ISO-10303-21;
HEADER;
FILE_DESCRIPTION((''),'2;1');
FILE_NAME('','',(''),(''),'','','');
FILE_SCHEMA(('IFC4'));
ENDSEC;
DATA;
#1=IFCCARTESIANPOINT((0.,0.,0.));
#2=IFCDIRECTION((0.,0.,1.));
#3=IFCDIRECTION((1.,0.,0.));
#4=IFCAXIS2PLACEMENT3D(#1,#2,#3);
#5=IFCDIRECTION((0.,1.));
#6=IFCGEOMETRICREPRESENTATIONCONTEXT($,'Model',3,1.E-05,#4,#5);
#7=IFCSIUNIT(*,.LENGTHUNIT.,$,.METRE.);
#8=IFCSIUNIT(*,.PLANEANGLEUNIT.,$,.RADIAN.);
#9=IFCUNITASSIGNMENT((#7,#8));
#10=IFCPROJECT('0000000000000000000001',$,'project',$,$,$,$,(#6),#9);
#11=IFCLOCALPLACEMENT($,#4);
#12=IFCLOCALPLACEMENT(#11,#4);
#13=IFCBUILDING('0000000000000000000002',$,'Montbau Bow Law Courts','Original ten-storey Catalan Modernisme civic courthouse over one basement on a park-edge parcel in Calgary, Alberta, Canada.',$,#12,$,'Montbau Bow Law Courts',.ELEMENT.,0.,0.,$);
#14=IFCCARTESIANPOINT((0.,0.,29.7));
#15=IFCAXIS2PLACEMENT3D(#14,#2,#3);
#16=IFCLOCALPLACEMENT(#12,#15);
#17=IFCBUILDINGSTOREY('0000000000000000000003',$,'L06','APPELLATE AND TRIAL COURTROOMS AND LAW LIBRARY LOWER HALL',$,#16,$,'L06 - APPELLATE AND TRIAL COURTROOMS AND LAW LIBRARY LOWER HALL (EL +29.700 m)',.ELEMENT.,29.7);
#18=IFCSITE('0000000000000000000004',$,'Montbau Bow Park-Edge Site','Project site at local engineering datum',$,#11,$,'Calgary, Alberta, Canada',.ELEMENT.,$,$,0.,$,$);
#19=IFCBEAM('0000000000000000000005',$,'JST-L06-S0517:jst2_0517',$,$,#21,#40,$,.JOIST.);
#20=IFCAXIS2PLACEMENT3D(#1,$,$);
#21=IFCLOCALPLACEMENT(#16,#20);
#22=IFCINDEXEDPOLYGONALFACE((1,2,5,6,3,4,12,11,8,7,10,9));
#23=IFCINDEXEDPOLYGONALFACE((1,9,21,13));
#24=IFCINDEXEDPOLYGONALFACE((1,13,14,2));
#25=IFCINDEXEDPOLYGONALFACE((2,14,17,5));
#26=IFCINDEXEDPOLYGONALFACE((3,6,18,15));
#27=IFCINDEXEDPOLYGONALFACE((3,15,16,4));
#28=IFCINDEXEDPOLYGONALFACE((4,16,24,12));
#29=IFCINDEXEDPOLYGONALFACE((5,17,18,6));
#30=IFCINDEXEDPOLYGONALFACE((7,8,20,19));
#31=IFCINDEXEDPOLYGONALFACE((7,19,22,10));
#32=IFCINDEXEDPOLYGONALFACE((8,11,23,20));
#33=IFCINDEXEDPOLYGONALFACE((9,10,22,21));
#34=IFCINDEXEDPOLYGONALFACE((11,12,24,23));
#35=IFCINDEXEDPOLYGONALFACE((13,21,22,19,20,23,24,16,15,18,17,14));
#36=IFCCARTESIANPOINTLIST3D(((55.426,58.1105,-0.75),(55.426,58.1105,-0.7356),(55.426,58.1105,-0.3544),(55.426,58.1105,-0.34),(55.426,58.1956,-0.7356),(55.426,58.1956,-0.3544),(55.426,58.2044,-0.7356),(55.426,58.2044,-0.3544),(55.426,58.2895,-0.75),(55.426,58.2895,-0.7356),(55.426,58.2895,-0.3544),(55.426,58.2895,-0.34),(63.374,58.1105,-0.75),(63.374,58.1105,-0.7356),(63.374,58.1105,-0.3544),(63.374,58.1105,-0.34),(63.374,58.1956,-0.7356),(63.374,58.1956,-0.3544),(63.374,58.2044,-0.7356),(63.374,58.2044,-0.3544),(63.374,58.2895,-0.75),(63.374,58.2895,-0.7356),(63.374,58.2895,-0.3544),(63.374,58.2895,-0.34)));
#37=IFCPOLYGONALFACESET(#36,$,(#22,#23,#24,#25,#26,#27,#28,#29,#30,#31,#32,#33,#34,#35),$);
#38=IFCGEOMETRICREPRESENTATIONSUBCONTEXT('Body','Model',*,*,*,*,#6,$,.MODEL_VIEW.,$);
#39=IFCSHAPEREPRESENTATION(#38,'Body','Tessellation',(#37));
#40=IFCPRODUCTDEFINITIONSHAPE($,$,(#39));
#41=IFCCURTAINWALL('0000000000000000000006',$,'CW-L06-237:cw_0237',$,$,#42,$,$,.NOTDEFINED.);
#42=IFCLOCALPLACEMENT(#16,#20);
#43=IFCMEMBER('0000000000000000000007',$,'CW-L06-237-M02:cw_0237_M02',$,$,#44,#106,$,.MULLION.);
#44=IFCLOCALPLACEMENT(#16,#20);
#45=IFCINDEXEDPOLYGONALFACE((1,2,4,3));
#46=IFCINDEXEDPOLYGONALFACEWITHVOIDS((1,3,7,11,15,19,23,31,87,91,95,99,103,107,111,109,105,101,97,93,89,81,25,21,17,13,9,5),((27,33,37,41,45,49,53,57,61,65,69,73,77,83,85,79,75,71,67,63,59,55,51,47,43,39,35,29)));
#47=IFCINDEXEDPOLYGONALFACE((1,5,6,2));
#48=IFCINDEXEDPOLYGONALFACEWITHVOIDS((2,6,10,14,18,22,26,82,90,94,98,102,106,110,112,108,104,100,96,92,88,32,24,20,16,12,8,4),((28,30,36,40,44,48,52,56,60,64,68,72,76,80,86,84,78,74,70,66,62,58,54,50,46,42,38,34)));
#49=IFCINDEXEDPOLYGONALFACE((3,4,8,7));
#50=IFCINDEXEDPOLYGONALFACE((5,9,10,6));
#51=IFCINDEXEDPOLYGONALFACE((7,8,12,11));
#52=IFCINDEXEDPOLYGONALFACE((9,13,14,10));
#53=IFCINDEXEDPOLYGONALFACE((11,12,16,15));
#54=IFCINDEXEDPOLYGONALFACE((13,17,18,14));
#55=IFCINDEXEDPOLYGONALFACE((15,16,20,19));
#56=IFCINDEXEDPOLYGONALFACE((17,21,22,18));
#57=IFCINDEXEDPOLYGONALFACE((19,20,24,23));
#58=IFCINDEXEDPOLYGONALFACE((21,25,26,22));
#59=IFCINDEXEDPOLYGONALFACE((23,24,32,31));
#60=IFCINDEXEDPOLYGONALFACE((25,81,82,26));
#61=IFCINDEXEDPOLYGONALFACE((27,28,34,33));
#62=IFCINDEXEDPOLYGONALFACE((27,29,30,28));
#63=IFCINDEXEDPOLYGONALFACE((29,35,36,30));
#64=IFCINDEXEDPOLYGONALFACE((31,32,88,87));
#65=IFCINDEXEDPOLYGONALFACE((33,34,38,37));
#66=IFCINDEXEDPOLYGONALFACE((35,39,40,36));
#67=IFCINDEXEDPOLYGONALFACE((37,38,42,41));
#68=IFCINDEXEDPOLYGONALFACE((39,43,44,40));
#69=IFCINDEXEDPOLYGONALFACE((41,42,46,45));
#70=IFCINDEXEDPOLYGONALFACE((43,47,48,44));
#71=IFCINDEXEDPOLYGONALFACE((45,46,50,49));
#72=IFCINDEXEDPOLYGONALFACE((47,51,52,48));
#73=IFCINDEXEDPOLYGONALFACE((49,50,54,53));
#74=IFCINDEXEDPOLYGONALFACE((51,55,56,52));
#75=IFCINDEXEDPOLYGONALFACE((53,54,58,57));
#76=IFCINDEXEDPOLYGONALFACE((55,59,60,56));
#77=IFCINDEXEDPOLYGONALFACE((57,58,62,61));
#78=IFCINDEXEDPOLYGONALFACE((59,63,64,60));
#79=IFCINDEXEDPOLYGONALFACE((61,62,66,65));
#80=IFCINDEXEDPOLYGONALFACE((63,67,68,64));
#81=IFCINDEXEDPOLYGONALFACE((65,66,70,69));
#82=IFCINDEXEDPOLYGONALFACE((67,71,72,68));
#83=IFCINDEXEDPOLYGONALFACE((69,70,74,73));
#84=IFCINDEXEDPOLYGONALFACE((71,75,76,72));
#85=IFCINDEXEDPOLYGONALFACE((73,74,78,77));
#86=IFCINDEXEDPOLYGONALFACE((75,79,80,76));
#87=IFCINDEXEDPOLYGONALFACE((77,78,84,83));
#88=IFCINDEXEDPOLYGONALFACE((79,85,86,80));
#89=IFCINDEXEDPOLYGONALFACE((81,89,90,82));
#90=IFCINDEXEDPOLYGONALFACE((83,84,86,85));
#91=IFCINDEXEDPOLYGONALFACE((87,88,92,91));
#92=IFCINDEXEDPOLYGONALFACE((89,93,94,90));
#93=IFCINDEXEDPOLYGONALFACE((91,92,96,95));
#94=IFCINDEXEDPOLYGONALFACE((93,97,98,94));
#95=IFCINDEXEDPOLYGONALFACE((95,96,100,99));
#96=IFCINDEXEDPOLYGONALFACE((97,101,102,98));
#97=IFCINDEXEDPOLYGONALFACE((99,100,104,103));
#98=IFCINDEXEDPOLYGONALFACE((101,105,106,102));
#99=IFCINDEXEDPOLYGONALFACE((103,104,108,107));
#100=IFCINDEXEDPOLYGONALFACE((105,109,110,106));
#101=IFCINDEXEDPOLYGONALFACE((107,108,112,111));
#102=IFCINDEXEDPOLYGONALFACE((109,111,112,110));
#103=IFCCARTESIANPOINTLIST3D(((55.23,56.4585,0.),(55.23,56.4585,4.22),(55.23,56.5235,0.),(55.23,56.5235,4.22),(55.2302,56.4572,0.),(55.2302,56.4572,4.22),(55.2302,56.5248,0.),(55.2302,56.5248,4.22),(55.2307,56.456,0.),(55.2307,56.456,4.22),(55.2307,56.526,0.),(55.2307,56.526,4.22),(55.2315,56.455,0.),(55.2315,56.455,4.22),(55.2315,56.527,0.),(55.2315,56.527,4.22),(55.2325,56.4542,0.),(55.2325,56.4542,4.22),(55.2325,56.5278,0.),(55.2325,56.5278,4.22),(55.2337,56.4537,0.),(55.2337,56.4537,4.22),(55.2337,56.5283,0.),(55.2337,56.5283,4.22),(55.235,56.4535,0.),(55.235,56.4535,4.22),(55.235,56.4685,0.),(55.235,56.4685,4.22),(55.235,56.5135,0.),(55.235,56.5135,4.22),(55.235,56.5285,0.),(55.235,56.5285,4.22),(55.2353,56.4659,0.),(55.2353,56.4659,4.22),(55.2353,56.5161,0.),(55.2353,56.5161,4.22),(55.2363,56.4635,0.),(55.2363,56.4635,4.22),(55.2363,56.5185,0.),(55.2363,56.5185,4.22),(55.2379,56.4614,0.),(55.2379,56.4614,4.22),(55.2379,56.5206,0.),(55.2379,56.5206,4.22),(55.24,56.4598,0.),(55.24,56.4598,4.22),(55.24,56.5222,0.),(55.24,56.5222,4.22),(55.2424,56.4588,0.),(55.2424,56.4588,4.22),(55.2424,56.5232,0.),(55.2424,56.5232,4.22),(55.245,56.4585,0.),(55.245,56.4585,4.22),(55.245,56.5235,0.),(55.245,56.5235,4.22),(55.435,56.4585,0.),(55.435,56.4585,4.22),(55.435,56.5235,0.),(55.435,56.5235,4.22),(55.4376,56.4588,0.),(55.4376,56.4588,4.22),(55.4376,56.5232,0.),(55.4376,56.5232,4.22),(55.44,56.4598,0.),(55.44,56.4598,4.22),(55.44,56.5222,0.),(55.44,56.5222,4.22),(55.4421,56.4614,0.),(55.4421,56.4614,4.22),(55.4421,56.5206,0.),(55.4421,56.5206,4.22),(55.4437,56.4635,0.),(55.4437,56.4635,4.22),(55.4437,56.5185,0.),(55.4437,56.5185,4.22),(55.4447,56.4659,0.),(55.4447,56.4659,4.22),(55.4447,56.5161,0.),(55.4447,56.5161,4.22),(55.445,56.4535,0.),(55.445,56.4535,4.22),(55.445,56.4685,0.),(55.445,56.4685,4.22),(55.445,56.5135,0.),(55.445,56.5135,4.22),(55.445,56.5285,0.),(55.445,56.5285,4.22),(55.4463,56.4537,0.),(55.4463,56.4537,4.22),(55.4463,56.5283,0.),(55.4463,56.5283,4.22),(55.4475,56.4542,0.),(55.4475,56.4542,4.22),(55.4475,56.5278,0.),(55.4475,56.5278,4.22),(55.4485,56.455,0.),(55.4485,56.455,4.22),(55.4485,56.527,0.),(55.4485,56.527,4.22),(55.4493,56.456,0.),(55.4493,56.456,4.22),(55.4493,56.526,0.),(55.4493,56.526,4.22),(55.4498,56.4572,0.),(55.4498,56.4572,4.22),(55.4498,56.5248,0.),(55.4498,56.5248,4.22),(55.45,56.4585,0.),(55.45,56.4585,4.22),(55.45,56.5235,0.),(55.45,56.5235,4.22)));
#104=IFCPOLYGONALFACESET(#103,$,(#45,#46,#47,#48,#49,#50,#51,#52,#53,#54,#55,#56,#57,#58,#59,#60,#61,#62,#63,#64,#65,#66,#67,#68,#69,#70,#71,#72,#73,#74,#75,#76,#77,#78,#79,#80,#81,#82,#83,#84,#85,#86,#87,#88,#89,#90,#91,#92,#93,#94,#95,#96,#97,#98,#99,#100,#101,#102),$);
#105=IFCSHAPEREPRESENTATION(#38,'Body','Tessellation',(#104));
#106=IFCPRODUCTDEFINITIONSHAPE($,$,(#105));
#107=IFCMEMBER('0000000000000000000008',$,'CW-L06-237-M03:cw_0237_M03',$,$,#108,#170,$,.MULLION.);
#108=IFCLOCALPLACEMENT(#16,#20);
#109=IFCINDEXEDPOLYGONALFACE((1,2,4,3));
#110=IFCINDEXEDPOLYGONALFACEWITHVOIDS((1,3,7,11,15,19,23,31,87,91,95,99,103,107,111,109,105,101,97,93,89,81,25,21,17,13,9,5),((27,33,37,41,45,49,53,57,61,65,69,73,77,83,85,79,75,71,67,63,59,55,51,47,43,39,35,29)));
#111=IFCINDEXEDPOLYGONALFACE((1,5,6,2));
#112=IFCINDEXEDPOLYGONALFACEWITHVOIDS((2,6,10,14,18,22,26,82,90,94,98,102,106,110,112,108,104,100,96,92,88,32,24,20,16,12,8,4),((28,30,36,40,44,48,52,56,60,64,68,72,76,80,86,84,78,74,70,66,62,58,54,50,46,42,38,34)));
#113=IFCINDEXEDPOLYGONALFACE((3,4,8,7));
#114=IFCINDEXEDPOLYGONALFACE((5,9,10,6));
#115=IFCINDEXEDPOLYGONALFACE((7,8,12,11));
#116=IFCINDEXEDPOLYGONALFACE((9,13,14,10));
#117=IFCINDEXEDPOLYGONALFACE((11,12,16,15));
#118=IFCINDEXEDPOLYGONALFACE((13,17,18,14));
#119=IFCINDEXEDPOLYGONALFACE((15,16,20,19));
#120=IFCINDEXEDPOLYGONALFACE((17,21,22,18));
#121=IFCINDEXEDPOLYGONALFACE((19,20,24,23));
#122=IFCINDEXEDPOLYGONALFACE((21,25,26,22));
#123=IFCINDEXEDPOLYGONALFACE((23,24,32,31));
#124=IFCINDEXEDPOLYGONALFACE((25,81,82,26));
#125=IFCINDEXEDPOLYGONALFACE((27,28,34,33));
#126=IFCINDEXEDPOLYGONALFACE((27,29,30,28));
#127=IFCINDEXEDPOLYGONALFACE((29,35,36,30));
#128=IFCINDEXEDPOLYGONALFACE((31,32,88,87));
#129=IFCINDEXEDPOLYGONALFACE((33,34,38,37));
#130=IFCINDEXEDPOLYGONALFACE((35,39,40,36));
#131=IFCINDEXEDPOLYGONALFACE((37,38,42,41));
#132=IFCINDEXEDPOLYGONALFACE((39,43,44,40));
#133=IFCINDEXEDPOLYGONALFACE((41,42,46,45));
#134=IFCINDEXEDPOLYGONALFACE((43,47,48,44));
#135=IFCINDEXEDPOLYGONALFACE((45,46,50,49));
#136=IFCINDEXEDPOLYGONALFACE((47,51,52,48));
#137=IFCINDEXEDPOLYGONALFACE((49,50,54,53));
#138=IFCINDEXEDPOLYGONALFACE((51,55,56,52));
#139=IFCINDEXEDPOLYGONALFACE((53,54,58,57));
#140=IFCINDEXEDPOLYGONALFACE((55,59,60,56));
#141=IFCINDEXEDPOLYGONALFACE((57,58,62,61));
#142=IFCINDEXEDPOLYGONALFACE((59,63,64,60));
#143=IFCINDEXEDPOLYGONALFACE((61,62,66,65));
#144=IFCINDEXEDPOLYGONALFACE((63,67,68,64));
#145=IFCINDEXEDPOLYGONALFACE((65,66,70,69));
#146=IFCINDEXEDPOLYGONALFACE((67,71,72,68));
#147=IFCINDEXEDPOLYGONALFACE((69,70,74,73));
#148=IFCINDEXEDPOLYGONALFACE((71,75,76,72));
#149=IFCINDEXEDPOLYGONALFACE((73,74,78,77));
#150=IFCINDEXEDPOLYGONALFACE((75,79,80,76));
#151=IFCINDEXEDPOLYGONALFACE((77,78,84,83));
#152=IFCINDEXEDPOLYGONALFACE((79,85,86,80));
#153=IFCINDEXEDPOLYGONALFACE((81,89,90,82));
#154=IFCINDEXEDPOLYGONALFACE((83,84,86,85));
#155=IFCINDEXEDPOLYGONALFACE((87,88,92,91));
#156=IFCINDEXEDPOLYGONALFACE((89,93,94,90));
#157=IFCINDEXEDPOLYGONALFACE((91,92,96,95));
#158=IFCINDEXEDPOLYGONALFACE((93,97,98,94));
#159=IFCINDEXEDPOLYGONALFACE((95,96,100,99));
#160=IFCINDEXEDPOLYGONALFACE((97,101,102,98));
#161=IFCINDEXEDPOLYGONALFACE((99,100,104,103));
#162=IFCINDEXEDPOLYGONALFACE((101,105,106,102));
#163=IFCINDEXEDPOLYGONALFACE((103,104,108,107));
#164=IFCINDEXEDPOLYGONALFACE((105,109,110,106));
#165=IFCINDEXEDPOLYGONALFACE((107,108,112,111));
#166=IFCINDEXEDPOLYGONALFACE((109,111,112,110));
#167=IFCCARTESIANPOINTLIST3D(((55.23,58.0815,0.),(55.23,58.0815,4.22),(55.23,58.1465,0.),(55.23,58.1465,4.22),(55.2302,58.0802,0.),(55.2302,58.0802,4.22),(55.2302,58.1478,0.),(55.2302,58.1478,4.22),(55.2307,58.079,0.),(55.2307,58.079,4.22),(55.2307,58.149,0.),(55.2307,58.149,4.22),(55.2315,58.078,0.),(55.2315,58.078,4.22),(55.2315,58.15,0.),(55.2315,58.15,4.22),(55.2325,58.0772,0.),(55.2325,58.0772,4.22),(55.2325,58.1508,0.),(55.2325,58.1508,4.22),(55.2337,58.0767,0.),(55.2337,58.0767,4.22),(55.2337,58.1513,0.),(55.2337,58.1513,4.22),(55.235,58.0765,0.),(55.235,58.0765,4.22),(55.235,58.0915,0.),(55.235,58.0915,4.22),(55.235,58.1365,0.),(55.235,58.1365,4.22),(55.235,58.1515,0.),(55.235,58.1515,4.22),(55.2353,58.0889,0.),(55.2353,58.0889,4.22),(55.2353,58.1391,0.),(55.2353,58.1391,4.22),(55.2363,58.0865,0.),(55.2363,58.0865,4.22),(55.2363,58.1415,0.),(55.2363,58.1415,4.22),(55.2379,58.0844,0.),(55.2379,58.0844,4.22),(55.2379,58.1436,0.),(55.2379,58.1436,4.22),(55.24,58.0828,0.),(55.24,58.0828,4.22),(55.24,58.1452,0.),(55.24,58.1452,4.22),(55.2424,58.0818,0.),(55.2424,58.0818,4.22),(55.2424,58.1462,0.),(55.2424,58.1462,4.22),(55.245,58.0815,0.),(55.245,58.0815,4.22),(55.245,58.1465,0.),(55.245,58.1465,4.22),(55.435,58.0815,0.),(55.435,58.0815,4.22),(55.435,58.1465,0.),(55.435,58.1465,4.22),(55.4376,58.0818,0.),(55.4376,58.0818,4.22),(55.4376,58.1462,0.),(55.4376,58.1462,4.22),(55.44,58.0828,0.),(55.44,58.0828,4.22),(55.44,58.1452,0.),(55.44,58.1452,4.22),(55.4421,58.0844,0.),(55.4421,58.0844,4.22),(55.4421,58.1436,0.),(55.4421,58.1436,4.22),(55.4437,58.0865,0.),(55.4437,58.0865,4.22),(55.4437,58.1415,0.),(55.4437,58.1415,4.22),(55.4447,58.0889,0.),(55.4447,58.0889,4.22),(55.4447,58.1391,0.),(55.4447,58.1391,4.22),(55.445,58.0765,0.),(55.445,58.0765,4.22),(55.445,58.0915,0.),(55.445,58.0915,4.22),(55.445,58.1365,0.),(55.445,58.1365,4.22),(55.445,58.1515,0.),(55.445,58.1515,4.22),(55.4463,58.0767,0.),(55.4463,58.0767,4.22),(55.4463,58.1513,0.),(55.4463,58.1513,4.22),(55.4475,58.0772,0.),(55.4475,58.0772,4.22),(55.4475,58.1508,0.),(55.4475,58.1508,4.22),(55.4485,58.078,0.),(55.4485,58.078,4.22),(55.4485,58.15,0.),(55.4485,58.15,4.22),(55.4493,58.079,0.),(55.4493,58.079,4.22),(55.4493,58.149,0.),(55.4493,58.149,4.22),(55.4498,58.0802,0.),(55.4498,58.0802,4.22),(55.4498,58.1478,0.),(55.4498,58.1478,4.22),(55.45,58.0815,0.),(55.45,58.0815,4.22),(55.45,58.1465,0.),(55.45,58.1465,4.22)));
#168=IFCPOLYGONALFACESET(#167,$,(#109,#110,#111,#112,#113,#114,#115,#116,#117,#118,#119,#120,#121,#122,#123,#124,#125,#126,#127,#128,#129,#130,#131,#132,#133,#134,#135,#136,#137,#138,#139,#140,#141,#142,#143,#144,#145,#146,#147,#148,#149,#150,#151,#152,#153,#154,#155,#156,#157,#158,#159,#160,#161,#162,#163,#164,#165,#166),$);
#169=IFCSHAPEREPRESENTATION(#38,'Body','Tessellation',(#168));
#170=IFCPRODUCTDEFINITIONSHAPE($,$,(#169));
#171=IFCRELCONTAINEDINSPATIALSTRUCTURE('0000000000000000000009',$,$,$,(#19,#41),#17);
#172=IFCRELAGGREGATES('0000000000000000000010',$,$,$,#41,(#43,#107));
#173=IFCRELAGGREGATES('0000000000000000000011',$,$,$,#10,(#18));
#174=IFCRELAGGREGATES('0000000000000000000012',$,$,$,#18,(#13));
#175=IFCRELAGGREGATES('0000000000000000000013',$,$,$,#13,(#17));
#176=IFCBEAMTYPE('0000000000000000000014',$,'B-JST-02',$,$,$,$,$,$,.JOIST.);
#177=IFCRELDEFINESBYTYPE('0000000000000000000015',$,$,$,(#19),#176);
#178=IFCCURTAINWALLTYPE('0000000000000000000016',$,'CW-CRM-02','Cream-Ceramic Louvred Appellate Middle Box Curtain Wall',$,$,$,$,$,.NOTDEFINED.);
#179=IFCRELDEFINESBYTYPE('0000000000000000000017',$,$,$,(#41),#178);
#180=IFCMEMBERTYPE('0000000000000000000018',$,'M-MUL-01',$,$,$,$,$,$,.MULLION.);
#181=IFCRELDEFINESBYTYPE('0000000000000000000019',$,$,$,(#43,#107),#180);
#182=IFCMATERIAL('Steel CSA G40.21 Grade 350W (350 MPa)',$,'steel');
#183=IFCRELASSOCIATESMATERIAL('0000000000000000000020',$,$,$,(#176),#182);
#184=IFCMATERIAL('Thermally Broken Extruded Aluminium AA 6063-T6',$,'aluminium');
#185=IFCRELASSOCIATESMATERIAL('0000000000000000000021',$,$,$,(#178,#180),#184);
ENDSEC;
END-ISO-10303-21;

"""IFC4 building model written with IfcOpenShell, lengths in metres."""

from ifc_helpers import new_model, si_unit, direction, frame, origin_with_axes, origin_2d_with_axis, place, context, subcontext, project, spatial, hollow_rectangle, i_section, extrude, material, material_profile, profile_set, type_object, element, aggregate, save


model = new_model("IFC4")

# Units and contexts
model_context = context("Model", 3, precision=1e-05, world=origin_with_axes(), true_north=direction((0.0, 1.0)))
body_context = subcontext(model_context, "Body", "Model", "MODEL_VIEW")
ifc_project = project(units=[si_unit("LENGTHUNIT", "METRE"), si_unit("PLANEANGLEUNIT", "RADIAN")], contexts=[model_context])

# Site, building, storey
site_placement = place(None, origin_with_axes())
site = spatial("IfcSite", under=ifc_project, at=site_placement, Name="Montbau Bow Park-Edge Site", Description="Project site at local engineering datum", LongName="Calgary, Alberta, Canada", CompositionType="ELEMENT", RefElevation=0.0)
building_placement = place(site_placement, origin_with_axes())
building = spatial("IfcBuilding", under=site, at=building_placement, Name="Montbau Bow Law Courts", Description="Original ten-storey Catalan Modernisme civic courthouse over one basement on a park-edge parcel in Calgary, Alberta, Canada.", LongName="Montbau Bow Law Courts", CompositionType="ELEMENT", ElevationOfRefHeight=0.0, ElevationOfTerrain=0.0)
storey_placement = place(building_placement, frame((0.0, 0.0, 29.7), z_axis=(0.0, 0.0, 1.0), x_axis=(1.0, 0.0, 0.0)))
storey = spatial("IfcBuildingStorey", under=building, at=storey_placement, Name="L06", Description="APPELLATE AND TRIAL COURTROOMS AND LAW LIBRARY LOWER HALL", LongName="L06 - APPELLATE AND TRIAL COURTROOMS AND LAW LIBRARY LOWER HALL (EL +29.700 m)", CompositionType="ELEMENT", Elevation=29.7)

# Beam
ifc_material_1 = material(Name="Steel CSA G40.21 Grade 350W (350 MPa)", Category="steel")
ifc_material_profile_1 = material_profile(ifc_material_1, i_section(OverallWidth=0.179, OverallDepth=0.41, WebThickness=0.0088, FlangeThickness=0.0144, at=origin_2d_with_axis()), Name="W410X67", Category="Main", Priority=0)
ifc_profile_set_1 = profile_set([ifc_material_profile_1], Name="Steel CSA G40.21 Grade 350W (350 MPa)")
beam_type = type_object("IfcBeamType", Name="B-JST-02", PredefinedType="JOIST", material=ifc_profile_set_1)
beam_placement = place(None, frame((55.426, 58.2, 29.155), z_axis=(1.0, 0.0, 0.0), x_axis=(0.0, 1.0, 0.0)))
element("IfcBeam", 1, at=beam_placement, inside=storey, type_object=beam_type, Name="JST-L06-S0517:jst2_0517", PredefinedType="JOIST", context=body_context, shape_type="SweptSolid", body=[
    extrude(i_section(OverallWidth=0.179, OverallDepth=0.41, WebThickness=0.0088, FlangeThickness=0.0144, at=origin_2d_with_axis()), origin_with_axes(), (0.0, 0.0, 1.0), 7.948),
])

# Curtain wall, members
ifc_material_2 = material(Name="Thermally Broken Extruded Aluminium AA 6063-T6", Category="aluminium")
curtain_wall_type = type_object("IfcCurtainWallType", Name="CW-CRM-02", Description="Cream-Ceramic Louvred Appellate Middle Box Curtain Wall", PredefinedType="NOTDEFINED", material=ifc_material_2)
curtain_wall_1_placement = place(None, frame((55.34, 54.868, 29.7), z_axis=(0.0, 0.0, 1.0), x_axis=(1.0, 0.0, 0.0)))
curtain_wall_1 = element("IfcCurtainWall", 2, at=curtain_wall_1_placement, inside=storey, type_object=curtain_wall_type, Name="CW-L06-237:cw_0237", PredefinedType="NOTDEFINED")
ifc_material_profile_2 = material_profile(ifc_material_2, hollow_rectangle(XDim=0.075, YDim=0.22, WallThickness=0.005, InnerFilletRadius=0.01, OuterFilletRadius=0.005, at=origin_2d_with_axis()), Name="CWM-220X75", Category="Main", Priority=0)
ifc_profile_set_2 = profile_set([ifc_material_profile_2], Name="Thermally Broken Extruded Aluminium AA 6063-T6")
member_type_1 = type_object("IfcMemberType", Name="M-MUL-01", PredefinedType="MULLION", material=ifc_profile_set_2)
member_1_placement = place(None, frame((55.34, 56.491, 29.7), z_axis=(0.0, 0.0, 1.0), x_axis=(0.0, 1.0, 0.0)))
member_1 = element("IfcMember", 3, at=member_1_placement, type_object=member_type_1, Name="CW-L06-237-M02:cw_0237_M02", PredefinedType="MULLION", context=body_context, shape_type="SweptSolid", body=[
    extrude(hollow_rectangle(XDim=0.075, YDim=0.22, WallThickness=0.005, InnerFilletRadius=0.01, OuterFilletRadius=0.005, at=origin_2d_with_axis()), origin_with_axes(), (0.0, 0.0, 1.0), 4.22),
])
member_2_placement = place(None, frame((55.34, 58.114, 29.7), z_axis=(0.0, 0.0, 1.0), x_axis=(0.0, 1.0, 0.0)))
member_2 = element("IfcMember", 4, at=member_2_placement, type_object=member_type_1, Name="CW-L06-237-M03:cw_0237_M03", PredefinedType="MULLION", context=body_context, shape_type="SweptSolid", body=[
    extrude(hollow_rectangle(XDim=0.075, YDim=0.22, WallThickness=0.005, InnerFilletRadius=0.01, OuterFilletRadius=0.005, at=origin_2d_with_axis()), origin_with_axes(), (0.0, 0.0, 1.0), 4.22),
])

aggregate(curtain_wall_1, [member_1, member_2])

save(model, "model.ifc")
